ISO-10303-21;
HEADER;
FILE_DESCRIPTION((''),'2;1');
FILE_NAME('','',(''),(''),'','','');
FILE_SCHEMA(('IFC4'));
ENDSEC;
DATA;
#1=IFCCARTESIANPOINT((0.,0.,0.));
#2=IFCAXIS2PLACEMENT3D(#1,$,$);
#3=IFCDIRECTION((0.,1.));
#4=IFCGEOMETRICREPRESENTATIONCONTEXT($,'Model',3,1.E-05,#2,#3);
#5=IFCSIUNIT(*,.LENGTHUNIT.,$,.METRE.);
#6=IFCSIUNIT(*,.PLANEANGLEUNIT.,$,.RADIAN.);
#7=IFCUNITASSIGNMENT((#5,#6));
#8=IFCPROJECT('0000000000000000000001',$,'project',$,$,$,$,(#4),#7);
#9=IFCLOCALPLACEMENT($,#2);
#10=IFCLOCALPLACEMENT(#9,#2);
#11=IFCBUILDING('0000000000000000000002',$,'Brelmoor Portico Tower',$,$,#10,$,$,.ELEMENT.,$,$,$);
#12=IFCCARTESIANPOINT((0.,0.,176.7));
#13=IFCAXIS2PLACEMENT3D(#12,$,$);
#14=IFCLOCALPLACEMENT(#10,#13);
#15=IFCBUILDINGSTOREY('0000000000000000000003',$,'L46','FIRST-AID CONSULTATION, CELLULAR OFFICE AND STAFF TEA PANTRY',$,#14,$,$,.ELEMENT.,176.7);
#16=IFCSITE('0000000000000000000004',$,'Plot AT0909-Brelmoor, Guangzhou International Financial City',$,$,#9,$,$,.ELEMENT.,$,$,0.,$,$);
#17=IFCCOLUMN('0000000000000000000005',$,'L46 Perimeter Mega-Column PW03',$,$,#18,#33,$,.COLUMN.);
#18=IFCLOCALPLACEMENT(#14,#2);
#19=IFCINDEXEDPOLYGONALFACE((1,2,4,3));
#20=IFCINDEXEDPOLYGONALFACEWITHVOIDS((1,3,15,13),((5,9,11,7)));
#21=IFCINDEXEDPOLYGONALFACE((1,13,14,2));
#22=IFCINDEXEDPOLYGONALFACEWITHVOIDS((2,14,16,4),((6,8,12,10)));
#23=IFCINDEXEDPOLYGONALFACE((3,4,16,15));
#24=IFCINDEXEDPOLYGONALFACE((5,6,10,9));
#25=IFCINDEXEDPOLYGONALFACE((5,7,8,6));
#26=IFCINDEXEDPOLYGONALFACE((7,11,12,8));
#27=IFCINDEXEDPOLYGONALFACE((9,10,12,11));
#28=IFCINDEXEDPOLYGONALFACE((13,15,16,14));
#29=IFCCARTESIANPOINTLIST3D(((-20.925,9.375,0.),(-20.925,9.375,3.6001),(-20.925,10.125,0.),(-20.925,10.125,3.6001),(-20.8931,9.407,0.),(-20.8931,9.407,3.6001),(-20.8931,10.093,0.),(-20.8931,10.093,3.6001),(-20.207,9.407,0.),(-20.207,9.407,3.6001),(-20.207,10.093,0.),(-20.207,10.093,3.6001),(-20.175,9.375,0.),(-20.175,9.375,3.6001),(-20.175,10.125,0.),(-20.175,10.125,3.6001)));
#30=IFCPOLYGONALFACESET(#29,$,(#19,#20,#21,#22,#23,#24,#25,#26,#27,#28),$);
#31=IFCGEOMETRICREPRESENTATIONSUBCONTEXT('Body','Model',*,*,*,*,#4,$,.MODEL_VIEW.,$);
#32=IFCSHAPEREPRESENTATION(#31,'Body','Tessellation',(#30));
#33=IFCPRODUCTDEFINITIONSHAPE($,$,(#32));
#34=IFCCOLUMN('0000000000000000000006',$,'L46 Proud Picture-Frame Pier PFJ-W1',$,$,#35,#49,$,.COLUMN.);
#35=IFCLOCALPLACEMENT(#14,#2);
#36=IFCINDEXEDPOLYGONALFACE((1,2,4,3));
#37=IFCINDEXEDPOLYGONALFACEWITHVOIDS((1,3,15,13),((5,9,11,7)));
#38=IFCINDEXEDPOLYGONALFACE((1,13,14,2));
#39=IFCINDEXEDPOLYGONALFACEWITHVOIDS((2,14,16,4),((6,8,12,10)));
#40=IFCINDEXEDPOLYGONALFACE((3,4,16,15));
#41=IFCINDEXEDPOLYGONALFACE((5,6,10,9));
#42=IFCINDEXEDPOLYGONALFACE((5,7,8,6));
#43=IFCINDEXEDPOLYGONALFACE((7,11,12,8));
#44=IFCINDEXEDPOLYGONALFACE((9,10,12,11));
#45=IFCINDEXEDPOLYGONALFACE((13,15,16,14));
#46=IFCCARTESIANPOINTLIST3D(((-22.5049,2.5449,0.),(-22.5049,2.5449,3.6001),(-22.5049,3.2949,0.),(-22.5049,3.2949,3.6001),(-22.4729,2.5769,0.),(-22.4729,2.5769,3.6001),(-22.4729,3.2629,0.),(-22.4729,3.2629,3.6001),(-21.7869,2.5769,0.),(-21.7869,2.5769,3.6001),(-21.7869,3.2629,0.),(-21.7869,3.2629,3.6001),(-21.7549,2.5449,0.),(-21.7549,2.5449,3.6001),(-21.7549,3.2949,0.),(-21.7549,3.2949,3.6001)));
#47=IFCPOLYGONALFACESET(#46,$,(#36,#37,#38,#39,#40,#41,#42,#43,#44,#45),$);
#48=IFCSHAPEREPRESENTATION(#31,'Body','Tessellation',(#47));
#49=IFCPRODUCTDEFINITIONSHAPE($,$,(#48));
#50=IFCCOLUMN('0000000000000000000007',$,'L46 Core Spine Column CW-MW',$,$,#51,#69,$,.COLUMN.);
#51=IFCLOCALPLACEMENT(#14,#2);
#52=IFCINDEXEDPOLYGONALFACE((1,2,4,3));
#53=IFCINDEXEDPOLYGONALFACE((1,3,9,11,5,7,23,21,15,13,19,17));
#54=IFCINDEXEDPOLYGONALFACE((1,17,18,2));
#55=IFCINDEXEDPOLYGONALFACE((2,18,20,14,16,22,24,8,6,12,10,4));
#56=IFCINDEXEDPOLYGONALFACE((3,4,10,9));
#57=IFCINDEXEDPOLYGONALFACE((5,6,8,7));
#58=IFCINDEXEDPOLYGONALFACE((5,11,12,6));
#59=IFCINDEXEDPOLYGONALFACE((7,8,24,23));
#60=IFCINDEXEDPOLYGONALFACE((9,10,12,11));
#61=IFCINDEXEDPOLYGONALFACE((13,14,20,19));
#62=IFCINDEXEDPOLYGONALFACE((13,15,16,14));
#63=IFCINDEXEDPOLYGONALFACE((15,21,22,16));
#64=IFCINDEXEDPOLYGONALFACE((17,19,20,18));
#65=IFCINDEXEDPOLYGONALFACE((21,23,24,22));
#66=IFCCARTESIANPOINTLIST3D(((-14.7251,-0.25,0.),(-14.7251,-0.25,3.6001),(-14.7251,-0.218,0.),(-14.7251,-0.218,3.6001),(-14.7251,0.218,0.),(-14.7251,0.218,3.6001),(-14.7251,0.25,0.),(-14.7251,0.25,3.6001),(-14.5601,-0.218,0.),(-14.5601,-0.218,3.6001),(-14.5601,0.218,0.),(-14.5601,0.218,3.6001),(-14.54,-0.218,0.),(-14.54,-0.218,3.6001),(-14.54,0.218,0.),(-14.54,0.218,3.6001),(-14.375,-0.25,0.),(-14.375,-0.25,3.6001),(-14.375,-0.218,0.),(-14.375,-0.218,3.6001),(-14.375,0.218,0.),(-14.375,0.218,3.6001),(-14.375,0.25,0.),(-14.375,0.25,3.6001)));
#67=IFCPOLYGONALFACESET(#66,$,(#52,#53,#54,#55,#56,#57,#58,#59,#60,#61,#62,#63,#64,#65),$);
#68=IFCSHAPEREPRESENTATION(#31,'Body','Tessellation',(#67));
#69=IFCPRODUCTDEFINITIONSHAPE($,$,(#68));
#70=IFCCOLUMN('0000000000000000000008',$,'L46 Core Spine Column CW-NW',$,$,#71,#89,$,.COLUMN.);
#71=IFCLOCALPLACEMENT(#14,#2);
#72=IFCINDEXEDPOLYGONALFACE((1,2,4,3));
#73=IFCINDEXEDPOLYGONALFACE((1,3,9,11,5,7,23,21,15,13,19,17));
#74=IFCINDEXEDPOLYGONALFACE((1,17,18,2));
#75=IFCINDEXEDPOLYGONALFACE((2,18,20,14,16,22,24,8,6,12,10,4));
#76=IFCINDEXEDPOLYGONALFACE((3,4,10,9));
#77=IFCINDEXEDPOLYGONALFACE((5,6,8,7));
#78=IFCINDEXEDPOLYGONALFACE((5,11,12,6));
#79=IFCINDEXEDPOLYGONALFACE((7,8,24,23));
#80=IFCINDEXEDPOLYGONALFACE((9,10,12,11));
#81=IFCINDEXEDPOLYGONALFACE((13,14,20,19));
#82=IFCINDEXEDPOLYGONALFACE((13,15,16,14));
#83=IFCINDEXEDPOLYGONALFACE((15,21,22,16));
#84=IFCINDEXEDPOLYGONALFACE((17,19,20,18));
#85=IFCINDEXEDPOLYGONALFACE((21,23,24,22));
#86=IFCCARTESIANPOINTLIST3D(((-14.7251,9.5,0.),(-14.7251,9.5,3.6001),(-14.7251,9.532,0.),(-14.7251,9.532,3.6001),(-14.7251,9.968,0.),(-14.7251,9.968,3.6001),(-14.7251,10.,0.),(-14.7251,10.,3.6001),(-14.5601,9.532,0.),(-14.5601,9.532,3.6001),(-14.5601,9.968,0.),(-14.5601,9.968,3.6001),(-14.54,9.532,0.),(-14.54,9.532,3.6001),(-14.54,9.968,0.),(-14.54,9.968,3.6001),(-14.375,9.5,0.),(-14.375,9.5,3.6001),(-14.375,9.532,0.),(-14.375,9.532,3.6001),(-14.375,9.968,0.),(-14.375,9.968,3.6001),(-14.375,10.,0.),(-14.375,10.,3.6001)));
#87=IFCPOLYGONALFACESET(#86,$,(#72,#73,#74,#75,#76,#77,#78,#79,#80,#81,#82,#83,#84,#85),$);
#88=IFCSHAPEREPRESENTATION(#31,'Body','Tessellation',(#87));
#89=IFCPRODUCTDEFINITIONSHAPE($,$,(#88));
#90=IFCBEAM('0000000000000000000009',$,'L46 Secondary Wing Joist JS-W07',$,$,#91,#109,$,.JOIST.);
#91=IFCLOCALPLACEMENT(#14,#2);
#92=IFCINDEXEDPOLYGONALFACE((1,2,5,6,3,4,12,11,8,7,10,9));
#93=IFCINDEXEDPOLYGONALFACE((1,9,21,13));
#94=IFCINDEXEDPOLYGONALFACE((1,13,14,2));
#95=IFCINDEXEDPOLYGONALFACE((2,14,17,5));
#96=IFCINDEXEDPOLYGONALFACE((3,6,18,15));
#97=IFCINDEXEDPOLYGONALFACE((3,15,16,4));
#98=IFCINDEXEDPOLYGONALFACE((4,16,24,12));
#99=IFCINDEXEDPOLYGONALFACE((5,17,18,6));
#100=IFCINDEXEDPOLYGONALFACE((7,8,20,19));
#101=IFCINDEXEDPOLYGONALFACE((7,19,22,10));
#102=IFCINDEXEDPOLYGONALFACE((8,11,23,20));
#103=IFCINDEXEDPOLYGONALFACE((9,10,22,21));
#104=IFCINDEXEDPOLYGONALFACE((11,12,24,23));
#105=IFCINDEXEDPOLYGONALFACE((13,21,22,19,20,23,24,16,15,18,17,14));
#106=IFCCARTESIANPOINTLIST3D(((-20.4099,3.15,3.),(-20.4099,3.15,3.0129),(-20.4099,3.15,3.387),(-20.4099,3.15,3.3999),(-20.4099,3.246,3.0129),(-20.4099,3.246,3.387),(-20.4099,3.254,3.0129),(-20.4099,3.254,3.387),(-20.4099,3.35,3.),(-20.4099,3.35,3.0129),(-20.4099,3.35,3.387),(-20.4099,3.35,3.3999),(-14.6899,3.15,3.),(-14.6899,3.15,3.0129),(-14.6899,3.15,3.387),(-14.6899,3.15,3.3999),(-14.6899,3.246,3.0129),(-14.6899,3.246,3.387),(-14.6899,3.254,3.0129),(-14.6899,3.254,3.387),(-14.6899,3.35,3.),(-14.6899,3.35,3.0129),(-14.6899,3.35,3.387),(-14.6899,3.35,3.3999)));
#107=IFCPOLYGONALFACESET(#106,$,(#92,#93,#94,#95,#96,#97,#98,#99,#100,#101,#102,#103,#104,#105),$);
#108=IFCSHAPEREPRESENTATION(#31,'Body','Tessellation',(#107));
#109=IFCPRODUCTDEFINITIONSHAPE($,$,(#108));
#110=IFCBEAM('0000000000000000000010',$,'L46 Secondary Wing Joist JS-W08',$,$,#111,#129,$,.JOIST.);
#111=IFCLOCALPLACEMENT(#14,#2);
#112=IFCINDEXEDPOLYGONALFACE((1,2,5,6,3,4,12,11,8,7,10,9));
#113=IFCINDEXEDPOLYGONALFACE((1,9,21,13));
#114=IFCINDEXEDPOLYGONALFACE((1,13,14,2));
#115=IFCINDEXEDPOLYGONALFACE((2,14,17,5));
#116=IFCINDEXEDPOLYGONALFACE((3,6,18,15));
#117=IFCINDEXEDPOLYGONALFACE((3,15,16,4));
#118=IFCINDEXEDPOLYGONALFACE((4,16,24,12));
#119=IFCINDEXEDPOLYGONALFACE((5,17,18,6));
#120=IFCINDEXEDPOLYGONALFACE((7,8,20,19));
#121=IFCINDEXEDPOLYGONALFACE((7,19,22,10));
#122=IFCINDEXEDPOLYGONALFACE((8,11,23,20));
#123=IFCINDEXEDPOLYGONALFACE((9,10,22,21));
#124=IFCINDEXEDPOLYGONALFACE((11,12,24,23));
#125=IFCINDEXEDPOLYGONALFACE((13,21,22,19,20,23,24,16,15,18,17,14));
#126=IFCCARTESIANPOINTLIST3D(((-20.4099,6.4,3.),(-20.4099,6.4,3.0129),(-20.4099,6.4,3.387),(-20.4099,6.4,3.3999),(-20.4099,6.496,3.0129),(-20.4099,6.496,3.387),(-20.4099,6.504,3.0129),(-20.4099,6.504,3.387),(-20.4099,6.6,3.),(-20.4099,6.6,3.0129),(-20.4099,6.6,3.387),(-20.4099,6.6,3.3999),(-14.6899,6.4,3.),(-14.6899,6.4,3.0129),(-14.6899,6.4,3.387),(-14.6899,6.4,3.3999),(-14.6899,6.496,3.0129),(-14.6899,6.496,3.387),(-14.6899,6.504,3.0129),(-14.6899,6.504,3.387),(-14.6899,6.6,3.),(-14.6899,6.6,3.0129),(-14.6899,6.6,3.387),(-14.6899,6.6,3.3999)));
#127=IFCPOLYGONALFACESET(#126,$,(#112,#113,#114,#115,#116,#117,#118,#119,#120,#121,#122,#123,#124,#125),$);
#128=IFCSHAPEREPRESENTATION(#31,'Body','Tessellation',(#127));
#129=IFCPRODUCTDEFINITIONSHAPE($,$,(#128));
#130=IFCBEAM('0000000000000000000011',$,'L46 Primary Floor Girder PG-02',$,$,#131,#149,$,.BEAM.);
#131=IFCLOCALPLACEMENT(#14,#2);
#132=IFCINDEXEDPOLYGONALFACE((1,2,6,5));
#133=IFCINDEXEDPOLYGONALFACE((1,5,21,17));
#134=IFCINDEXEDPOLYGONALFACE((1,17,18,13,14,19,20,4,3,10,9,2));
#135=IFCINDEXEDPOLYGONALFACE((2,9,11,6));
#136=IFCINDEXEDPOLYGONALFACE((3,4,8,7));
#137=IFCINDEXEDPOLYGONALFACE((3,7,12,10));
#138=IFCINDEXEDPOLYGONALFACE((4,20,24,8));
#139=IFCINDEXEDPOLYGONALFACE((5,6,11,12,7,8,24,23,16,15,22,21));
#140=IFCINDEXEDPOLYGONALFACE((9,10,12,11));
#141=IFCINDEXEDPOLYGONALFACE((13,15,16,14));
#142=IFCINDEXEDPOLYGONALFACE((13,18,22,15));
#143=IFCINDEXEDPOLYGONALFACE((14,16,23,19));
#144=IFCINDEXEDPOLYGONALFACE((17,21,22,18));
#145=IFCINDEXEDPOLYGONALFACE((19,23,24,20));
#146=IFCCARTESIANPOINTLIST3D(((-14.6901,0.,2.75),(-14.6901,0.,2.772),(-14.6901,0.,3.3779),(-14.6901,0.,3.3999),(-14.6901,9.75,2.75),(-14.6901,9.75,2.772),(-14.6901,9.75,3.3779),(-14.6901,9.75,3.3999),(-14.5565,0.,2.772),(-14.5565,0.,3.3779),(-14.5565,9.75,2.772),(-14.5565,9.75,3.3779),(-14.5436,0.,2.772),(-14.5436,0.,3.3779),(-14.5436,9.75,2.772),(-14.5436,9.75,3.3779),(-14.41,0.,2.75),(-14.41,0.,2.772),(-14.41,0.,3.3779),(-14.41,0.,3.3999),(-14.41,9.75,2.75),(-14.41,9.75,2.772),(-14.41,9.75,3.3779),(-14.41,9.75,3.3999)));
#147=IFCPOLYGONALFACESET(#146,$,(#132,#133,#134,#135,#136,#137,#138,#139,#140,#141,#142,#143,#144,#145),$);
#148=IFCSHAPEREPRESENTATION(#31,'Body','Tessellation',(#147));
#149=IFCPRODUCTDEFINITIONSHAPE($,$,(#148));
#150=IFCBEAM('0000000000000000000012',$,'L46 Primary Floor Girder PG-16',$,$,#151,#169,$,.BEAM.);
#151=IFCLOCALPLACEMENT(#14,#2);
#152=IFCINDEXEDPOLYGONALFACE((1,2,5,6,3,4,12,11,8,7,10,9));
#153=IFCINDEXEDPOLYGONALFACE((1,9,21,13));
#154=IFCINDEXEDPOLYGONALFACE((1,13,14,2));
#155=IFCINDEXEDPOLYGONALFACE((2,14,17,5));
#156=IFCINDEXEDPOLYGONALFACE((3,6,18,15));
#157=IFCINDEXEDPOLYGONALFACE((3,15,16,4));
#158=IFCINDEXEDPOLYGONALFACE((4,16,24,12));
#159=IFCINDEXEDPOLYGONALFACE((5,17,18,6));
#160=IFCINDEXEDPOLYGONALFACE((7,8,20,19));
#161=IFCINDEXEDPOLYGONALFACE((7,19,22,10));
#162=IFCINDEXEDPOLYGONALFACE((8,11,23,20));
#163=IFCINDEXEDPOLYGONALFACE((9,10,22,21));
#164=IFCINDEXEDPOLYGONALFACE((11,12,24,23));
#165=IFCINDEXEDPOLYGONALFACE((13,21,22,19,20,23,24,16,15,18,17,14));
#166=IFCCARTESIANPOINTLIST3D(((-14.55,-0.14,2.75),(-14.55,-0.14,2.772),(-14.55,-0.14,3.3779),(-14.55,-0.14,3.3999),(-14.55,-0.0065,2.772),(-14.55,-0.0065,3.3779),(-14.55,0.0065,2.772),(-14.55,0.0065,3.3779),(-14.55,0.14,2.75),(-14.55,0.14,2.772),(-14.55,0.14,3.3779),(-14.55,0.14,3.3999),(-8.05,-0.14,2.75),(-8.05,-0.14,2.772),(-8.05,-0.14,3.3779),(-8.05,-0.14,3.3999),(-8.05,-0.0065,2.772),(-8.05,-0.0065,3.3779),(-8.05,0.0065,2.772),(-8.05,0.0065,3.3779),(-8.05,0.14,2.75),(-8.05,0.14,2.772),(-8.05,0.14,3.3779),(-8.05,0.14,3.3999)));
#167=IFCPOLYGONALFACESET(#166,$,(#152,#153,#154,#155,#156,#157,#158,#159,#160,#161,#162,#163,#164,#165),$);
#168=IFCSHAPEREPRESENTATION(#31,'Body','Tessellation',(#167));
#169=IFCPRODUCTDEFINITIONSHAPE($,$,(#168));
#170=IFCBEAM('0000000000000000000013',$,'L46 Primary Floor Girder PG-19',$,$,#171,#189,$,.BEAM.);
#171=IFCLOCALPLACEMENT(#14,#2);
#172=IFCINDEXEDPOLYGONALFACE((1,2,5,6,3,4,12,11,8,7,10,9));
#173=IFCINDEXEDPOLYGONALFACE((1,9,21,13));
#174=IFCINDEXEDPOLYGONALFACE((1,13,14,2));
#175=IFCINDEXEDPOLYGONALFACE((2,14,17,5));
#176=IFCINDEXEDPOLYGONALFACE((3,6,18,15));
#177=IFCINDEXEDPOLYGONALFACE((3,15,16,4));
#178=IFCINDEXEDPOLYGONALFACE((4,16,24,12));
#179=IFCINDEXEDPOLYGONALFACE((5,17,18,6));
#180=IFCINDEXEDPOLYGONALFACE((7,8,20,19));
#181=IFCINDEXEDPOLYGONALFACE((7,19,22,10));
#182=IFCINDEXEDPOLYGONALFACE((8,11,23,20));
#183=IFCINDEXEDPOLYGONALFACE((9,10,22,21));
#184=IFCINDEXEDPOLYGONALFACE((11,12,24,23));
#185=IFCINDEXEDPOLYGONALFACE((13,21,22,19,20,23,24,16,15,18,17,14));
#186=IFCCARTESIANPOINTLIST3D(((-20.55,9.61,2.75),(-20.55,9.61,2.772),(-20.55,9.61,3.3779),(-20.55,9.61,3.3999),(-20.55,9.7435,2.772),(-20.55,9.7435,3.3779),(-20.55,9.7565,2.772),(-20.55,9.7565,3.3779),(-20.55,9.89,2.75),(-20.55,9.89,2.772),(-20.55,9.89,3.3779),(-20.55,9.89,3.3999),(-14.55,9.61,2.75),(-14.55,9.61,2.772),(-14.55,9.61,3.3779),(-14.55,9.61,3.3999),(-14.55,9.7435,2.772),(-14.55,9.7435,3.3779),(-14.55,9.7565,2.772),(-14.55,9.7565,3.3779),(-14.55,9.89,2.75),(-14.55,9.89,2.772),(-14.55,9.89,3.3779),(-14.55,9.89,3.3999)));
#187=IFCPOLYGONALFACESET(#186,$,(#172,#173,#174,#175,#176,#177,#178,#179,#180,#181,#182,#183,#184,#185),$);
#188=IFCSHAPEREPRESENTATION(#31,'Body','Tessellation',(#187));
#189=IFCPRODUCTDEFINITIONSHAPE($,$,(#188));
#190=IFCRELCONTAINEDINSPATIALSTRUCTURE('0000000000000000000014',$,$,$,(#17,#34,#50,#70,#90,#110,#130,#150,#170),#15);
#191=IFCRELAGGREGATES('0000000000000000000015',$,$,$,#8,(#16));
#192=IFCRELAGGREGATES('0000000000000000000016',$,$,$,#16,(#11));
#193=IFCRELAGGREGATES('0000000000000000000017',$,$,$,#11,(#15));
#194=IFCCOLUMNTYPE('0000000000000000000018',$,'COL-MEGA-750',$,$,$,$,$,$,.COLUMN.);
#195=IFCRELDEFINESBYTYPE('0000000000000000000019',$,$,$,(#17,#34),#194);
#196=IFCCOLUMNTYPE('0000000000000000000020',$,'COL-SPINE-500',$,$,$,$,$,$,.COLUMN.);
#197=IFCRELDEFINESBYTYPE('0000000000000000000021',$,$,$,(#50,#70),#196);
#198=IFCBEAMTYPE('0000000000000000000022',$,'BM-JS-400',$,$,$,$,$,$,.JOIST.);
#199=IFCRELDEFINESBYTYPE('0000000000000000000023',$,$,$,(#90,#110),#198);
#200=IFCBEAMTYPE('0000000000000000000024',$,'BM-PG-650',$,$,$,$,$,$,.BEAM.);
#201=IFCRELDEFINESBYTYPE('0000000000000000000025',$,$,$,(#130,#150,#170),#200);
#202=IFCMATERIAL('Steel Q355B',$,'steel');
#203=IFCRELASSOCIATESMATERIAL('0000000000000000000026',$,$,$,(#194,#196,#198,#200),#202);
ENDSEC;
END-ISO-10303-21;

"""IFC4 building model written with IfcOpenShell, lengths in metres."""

from ifc_helpers import new_model, si_unit, direction, frame, origin, origin_2d, place, context, subcontext, project, spatial, hollow_rectangle, i_section, extrude, material, material_profile, profile_set, type_object, element, save


model = new_model("IFC4")

# Units and contexts
model_context = context("Model", 3, precision=1e-05, world=origin(), true_north=direction((0.0, 1.0)))
body_context = subcontext(model_context, "Body", "Model", "MODEL_VIEW")
ifc_project = project(units=[si_unit("LENGTHUNIT", "METRE"), si_unit("PLANEANGLEUNIT", "RADIAN")], contexts=[model_context])

# Site, building, storey
site_placement = place(None, origin())
site = spatial("IfcSite", under=ifc_project, at=site_placement, Name="Plot AT0909-Brelmoor, Guangzhou International Financial City", CompositionType="ELEMENT", RefElevation=0.0)
building_placement = place(site_placement, origin())
building = spatial("IfcBuilding", under=site, at=building_placement, Name="Brelmoor Portico Tower", CompositionType="ELEMENT")
storey_placement = place(building_placement, frame((0.0, 0.0, 176.7)))
storey = spatial("IfcBuildingStorey", under=building, at=storey_placement, Name="L46", Description="FIRST-AID CONSULTATION, CELLULAR OFFICE AND STAFF TEA PANTRY", CompositionType="ELEMENT", Elevation=176.7)

# Columns
ifc_material_1 = material(Name="Steel Q355B", Category="steel")
ifc_material_profile_1 = material_profile(ifc_material_1, hollow_rectangle(XDim=0.75, YDim=0.75, WallThickness=0.032, at=origin_2d()), Name="BOX 750x750x32")
ifc_profile_set_1 = profile_set([ifc_material_profile_1], Name="Steel Q355B")
column_type_1 = type_object("IfcColumnType", Name="COL-MEGA-750", PredefinedType="COLUMN", material=ifc_profile_set_1)
for number, where, z_axis, x_axis, name in (
    (1, (-20.55, 9.75, 0.0), (0.0, 0.0, 1.0), (0.0, 1.0, 0.0), "L46 Perimeter Mega-Column PW03"),
    (2, (-22.1299, 2.9199, 0.0), (0.0, 0.0, 1.0), (0.0, 1.0, 0.0), "L46 Proud Picture-Frame Pier PFJ-W1"),
):
    element("IfcColumn", number, at=place(storey_placement, frame(where, z_axis=z_axis, x_axis=x_axis)), inside=storey, type_object=column_type_1, Name=name, PredefinedType="COLUMN", context=body_context, shape_type="SweptSolid", body=[
        extrude(hollow_rectangle(XDim=0.75, YDim=0.75, WallThickness=0.032, at=origin_2d()), origin(), (0.0, 0.0, 1.0), 3.6001),
    ])
ifc_material_profile_2 = material_profile(ifc_material_1, i_section(OverallWidth=0.3501, OverallDepth=0.5, WebThickness=0.02, FlangeThickness=0.032, at=origin_2d()), Name="HW 500x350x20x32")
ifc_profile_set_2 = profile_set([ifc_material_profile_2], Name="Steel Q355B")
column_type_2 = type_object("IfcColumnType", Name="COL-SPINE-500", PredefinedType="COLUMN", material=ifc_profile_set_2)
for number, where, z_axis, x_axis, name in (
    (3, (-14.55, 0.0, 0.0), (0.0, 0.0, 1.0), (1.0, 0.0, 0.0), "L46 Core Spine Column CW-MW"),
    (4, (-14.55, 9.75, 0.0), (0.0, 0.0, 1.0), (1.0, 0.0, 0.0), "L46 Core Spine Column CW-NW"),
):
    element("IfcColumn", number, at=place(storey_placement, frame(where, z_axis=z_axis, x_axis=x_axis)), inside=storey, type_object=column_type_2, Name=name, PredefinedType="COLUMN", context=body_context, shape_type="SweptSolid", body=[
        extrude(i_section(OverallWidth=0.3501, OverallDepth=0.5, WebThickness=0.02, FlangeThickness=0.032, at=origin_2d()), origin(), (0.0, 0.0, 1.0), 3.6001),
    ])

# Beams
ifc_material_profile_3 = material_profile(ifc_material_1, i_section(OverallWidth=0.2, OverallDepth=0.3999, WebThickness=0.0081, FlangeThickness=0.0129, at=origin_2d()), Name="HN 400x200x8x13")
ifc_profile_set_3 = profile_set([ifc_material_profile_3], Name="Steel Q355B")
beam_type_1 = type_object("IfcBeamType", Name="BM-JS-400", PredefinedType="JOIST", material=ifc_profile_set_3)
for number, where, z_axis, x_axis, name in (
    (5, (-20.4099, 3.25, 3.2), (1.0, 0.0, 0.0), (0.0, 1.0, 0.0), "L46 Secondary Wing Joist JS-W07"),
    (6, (-20.4099, 6.5, 3.2), (1.0, 0.0, 0.0), (0.0, 1.0, 0.0), "L46 Secondary Wing Joist JS-W08"),
):
    element("IfcBeam", number, at=place(storey_placement, frame(where, z_axis=z_axis, x_axis=x_axis)), inside=storey, type_object=beam_type_1, Name=name, PredefinedType="JOIST", context=body_context, shape_type="SweptSolid", body=[
        extrude(i_section(OverallWidth=0.2, OverallDepth=0.3999, WebThickness=0.0081, FlangeThickness=0.0129, at=origin_2d()), origin(), (0.0, 0.0, 1.0), 5.72),
    ])
ifc_material_profile_4 = material_profile(ifc_material_1, i_section(OverallWidth=0.28, OverallDepth=0.6499, WebThickness=0.0129, FlangeThickness=0.022, at=origin_2d()), Name="HN 650x280x13x22")
ifc_profile_set_4 = profile_set([ifc_material_profile_4], Name="Steel Q355B")
beam_type_2 = type_object("IfcBeamType", Name="BM-PG-650", PredefinedType="BEAM", material=ifc_profile_set_4)
beam_1_placement = place(storey_placement, frame((-14.55, 0.0, 3.075), z_axis=(0.0, 1.0, 0.0), x_axis=(-1.0, 0.0, 0.0)))
element("IfcBeam", 7, at=beam_1_placement, inside=storey, type_object=beam_type_2, Name="L46 Primary Floor Girder PG-02", PredefinedType="BEAM", context=body_context, shape_type="SweptSolid", body=[
    extrude(i_section(OverallWidth=0.28, OverallDepth=0.6499, WebThickness=0.0129, FlangeThickness=0.022, at=origin_2d()), origin(), (0.0, 0.0, 1.0), 9.75),
])
beam_2_placement = place(storey_placement, frame((-14.55, 0.0, 3.075), z_axis=(1.0, 0.0, 0.0), x_axis=(0.0, 1.0, 0.0)))
element("IfcBeam", 8, at=beam_2_placement, inside=storey, type_object=beam_type_2, Name="L46 Primary Floor Girder PG-16", PredefinedType="BEAM", context=body_context, shape_type="SweptSolid", body=[
    extrude(i_section(OverallWidth=0.28, OverallDepth=0.6499, WebThickness=0.0129, FlangeThickness=0.022, at=origin_2d()), origin(), (0.0, 0.0, 1.0), 6.5),
])
beam_3_placement = place(storey_placement, frame((-20.55, 9.75, 3.075), z_axis=(1.0, 0.0, 0.0), x_axis=(0.0, 1.0, 0.0)))
element("IfcBeam", 9, at=beam_3_placement, inside=storey, type_object=beam_type_2, Name="L46 Primary Floor Girder PG-19", PredefinedType="BEAM", context=body_context, shape_type="SweptSolid", body=[
    extrude(i_section(OverallWidth=0.28, OverallDepth=0.6499, WebThickness=0.0129, FlangeThickness=0.022, at=origin_2d()), origin(), (0.0, 0.0, 1.0), 6.0),
])

save(model, "model.ifc")
